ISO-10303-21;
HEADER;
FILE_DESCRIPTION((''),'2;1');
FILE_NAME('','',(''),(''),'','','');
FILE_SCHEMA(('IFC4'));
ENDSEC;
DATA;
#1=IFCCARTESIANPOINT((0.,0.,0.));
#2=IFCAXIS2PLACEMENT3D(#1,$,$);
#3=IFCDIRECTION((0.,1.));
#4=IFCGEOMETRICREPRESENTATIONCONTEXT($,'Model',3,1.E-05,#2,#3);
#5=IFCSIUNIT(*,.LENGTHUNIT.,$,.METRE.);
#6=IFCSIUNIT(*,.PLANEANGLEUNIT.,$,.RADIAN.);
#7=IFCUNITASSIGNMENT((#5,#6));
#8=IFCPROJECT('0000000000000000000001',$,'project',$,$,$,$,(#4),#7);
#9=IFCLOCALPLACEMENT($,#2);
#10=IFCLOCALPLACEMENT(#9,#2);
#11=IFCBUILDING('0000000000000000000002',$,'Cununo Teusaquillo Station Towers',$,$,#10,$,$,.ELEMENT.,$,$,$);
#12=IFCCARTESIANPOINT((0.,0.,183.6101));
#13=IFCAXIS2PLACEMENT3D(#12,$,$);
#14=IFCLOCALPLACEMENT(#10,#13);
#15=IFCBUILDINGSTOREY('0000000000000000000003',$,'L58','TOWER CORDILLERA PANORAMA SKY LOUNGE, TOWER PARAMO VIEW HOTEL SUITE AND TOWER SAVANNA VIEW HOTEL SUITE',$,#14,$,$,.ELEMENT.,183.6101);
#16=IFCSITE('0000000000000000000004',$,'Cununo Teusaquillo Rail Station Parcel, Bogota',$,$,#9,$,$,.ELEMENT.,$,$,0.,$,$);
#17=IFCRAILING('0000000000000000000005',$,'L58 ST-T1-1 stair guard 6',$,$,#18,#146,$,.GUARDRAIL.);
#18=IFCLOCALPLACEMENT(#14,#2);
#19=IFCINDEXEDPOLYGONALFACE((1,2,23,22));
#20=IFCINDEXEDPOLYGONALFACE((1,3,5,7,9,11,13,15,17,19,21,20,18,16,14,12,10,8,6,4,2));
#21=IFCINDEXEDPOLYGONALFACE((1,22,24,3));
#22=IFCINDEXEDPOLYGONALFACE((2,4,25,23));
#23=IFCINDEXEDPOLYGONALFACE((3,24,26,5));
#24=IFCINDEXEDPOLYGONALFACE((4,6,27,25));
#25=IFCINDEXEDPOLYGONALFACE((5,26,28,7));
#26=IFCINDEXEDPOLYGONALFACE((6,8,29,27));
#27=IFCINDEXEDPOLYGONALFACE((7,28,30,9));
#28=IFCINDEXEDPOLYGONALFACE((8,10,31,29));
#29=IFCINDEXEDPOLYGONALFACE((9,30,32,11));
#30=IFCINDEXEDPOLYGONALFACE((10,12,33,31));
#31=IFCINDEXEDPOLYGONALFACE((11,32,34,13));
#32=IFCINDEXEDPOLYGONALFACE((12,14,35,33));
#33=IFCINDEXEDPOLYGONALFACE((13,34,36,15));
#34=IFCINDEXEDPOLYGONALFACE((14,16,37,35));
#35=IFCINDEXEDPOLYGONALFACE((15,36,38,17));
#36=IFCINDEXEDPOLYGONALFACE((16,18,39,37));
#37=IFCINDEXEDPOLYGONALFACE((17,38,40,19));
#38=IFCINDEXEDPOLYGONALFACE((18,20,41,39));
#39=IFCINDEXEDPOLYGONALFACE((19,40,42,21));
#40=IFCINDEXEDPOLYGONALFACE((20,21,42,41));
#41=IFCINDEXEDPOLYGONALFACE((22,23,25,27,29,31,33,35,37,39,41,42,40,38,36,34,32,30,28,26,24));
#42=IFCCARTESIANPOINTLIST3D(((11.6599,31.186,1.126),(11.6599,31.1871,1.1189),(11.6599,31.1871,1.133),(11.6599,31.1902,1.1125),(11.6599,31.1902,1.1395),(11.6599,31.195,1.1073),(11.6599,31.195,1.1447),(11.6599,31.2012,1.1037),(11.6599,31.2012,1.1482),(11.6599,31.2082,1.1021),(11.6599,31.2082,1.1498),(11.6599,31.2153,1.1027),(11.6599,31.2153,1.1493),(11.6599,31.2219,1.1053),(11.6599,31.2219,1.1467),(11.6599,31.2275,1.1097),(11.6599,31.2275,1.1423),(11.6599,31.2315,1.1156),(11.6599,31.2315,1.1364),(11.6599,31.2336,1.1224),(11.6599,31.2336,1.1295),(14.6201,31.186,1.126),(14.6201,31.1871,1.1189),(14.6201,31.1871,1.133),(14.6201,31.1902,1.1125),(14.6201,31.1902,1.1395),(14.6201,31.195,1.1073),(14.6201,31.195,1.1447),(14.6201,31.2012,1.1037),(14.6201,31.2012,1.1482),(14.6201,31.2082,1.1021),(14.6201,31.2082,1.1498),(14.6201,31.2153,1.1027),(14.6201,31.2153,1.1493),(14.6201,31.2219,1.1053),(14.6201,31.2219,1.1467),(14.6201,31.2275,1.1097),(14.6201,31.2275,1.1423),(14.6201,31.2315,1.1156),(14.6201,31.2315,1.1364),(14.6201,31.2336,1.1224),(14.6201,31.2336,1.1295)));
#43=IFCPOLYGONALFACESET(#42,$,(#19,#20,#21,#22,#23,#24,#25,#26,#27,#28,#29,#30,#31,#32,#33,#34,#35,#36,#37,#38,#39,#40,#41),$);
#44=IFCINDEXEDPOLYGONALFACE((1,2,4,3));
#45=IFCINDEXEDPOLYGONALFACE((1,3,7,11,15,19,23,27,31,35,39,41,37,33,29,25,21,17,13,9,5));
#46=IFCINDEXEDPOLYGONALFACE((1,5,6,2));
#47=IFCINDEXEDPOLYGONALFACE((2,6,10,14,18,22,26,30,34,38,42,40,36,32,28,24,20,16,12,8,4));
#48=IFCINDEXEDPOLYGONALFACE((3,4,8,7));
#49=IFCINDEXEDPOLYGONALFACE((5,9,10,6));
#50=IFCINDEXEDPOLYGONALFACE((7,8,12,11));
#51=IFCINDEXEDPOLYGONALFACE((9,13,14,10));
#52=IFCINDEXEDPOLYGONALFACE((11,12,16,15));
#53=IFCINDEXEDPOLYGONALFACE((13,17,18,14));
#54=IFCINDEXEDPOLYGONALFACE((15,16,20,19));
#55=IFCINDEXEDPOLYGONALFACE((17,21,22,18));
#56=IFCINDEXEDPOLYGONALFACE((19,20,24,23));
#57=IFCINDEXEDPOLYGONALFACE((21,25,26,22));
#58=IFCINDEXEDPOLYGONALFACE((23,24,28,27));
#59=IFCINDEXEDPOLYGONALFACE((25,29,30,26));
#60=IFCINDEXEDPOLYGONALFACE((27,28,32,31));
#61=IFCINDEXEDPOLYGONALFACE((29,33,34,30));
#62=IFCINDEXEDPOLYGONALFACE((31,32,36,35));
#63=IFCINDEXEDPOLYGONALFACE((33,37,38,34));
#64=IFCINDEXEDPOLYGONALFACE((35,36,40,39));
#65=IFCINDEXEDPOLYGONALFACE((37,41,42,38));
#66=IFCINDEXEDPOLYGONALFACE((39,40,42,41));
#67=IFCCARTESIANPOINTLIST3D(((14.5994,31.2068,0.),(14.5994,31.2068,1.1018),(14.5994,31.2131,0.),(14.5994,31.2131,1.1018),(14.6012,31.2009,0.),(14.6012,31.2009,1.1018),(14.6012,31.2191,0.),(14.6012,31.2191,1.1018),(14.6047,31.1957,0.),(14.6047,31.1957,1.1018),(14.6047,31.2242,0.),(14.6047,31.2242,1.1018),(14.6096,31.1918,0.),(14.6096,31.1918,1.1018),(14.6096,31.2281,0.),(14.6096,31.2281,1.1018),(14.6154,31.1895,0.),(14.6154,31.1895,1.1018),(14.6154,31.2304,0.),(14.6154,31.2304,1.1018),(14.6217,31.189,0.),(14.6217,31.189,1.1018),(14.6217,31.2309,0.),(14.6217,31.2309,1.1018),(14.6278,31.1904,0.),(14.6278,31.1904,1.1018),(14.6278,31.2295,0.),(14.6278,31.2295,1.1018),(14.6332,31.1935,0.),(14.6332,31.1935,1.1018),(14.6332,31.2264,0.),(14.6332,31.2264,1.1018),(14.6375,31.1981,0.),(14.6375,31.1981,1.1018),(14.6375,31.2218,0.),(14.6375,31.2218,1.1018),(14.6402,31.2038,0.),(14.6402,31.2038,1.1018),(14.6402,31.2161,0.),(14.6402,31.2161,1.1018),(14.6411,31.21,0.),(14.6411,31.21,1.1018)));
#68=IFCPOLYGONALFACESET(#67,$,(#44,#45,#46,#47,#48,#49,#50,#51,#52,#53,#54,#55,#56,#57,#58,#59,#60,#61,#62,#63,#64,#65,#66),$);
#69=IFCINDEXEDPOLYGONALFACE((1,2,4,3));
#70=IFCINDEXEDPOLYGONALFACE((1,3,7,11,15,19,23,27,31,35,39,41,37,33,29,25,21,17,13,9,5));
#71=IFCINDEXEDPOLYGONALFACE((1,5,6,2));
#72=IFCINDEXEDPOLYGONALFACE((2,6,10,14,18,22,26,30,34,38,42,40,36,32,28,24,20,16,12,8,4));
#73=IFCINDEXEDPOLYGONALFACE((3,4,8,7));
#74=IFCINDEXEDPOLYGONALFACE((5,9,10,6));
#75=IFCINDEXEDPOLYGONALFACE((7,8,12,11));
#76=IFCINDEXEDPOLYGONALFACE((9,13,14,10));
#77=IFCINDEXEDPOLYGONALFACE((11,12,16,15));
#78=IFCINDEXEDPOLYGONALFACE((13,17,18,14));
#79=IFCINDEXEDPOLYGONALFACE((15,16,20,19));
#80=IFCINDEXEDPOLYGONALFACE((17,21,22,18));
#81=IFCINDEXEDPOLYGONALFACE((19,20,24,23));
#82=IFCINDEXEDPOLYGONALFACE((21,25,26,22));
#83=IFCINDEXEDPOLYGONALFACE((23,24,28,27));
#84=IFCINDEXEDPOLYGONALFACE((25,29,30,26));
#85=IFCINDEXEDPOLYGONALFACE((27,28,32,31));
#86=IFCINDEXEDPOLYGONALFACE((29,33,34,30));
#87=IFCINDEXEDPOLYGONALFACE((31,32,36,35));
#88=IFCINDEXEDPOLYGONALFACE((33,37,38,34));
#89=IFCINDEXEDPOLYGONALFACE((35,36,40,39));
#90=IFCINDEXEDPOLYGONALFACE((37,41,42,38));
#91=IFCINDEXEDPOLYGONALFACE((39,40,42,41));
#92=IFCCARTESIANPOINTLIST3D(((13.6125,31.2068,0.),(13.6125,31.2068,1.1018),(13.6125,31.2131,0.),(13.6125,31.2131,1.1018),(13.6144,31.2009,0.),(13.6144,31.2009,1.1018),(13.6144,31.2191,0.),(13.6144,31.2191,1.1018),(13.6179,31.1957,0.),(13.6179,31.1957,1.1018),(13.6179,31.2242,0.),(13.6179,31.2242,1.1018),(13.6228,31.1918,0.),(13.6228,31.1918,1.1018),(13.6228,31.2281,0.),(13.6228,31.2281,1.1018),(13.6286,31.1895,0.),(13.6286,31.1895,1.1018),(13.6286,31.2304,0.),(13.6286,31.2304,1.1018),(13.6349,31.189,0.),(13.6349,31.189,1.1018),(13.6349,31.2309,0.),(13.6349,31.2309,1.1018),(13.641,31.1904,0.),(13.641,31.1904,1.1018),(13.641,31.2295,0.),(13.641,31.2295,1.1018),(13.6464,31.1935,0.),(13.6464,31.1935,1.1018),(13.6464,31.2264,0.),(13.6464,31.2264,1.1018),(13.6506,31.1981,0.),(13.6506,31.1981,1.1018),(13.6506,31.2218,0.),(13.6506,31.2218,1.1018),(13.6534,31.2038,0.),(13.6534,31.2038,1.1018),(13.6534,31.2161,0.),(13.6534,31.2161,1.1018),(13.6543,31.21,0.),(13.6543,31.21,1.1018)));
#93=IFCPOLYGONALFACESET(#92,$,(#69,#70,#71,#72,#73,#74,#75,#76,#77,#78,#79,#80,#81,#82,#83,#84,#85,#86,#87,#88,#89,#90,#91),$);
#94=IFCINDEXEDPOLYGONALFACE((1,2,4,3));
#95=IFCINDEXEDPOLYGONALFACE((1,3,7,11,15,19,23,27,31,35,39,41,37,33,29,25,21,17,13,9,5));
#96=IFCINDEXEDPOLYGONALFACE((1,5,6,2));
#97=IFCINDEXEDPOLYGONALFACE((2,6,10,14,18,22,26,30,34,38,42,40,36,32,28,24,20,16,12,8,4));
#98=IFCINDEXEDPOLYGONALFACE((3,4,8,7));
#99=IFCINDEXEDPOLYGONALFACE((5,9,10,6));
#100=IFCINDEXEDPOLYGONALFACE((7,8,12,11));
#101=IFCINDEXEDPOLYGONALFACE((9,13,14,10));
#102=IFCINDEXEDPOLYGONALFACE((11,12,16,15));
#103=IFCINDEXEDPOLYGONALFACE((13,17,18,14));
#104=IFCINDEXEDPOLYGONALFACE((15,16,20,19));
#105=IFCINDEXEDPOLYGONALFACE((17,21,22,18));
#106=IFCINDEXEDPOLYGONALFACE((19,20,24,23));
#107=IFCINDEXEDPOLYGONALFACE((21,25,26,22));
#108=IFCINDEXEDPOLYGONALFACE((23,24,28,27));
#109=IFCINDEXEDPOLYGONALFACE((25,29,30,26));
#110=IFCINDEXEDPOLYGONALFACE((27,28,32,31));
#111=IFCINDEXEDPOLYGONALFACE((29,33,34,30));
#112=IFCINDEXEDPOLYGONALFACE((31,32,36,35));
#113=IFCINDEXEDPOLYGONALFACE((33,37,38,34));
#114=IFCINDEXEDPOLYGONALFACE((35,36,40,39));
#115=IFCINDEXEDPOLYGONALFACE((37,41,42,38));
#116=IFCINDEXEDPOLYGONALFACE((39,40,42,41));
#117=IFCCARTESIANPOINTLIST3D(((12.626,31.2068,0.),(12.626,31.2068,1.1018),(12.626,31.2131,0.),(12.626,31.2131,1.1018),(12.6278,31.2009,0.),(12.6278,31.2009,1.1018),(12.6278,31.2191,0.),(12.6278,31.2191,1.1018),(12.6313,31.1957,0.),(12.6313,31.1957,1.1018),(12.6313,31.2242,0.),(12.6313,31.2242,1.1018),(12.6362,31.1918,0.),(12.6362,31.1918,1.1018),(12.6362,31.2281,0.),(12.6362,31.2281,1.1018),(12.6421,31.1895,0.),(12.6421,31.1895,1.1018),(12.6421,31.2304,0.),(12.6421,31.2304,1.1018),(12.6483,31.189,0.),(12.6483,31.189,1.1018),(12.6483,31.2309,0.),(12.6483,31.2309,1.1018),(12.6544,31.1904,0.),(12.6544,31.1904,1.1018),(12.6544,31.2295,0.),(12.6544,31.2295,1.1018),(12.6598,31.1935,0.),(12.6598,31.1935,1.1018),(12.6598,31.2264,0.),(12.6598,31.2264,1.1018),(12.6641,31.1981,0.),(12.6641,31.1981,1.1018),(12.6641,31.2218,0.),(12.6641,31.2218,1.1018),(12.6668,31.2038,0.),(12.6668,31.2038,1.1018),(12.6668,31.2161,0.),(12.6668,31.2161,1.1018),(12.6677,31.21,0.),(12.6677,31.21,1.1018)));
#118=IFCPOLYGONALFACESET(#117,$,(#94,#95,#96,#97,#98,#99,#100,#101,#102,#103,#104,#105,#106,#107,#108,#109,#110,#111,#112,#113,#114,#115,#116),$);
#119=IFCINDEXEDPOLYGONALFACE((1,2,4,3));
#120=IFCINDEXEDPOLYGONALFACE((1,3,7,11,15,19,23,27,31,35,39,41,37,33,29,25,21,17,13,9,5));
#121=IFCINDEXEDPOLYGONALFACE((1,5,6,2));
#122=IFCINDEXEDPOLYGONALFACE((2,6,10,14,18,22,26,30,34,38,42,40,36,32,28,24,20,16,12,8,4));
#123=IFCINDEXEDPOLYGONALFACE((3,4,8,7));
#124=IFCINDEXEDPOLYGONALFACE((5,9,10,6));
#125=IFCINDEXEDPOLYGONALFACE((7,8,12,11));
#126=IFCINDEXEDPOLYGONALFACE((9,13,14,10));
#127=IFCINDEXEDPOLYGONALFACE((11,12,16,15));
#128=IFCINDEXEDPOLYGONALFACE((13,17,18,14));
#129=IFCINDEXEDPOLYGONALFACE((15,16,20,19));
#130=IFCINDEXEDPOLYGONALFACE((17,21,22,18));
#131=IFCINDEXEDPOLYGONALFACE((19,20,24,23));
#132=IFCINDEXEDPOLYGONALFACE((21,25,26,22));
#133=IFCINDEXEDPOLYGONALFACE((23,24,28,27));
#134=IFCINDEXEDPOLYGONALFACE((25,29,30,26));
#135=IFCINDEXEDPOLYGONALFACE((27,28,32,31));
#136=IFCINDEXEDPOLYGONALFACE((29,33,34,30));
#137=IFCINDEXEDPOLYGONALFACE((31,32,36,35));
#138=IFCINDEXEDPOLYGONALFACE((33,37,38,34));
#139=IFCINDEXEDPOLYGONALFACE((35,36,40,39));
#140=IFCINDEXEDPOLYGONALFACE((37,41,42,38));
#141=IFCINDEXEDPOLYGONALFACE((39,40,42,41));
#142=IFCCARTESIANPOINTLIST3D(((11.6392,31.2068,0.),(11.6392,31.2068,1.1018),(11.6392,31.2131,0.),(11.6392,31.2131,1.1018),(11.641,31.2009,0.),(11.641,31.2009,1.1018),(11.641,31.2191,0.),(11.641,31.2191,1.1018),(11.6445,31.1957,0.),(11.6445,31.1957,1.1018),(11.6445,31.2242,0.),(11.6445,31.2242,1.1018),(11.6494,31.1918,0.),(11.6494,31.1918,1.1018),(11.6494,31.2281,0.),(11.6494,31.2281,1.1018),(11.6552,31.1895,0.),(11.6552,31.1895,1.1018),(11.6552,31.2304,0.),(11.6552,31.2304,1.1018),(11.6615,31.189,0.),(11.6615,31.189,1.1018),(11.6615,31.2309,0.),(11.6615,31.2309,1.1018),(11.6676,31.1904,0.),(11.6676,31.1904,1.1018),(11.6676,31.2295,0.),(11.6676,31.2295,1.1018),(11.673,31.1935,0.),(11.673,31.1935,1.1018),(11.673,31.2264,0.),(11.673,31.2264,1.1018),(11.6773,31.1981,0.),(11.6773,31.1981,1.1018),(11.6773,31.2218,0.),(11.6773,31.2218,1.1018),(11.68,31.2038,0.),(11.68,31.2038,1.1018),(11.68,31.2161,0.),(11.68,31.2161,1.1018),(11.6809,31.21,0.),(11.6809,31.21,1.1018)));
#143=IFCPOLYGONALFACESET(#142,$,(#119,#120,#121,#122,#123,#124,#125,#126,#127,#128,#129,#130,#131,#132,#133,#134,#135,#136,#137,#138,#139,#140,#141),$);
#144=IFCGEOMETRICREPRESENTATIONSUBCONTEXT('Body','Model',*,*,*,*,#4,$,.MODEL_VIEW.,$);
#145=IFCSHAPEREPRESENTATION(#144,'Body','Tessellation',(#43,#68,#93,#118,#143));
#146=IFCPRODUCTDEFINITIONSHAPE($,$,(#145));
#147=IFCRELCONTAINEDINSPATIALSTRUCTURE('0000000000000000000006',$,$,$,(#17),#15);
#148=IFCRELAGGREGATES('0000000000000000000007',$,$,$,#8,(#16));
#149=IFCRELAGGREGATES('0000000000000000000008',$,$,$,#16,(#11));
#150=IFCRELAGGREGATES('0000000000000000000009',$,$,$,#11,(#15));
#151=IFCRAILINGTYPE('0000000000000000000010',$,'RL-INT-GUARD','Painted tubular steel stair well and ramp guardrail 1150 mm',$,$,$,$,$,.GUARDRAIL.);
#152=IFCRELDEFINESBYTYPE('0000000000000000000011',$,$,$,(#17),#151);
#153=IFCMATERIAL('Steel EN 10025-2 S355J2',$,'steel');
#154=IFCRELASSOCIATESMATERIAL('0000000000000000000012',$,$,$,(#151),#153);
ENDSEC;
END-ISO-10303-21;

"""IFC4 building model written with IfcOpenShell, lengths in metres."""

from ifc_helpers import new_model, si_unit, direction, frame, origin, origin_2d, place, context, subcontext, project, spatial, circle, extrude, material, type_object, element, save


model = new_model("IFC4")

# Units and contexts
model_context = context("Model", 3, precision=1e-05, world=origin(), true_north=direction((0.0, 1.0)))
body_context = subcontext(model_context, "Body", "Model", "MODEL_VIEW")
ifc_project = project(units=[si_unit("LENGTHUNIT", "METRE"), si_unit("PLANEANGLEUNIT", "RADIAN")], contexts=[model_context])

# Site, building, storey
site_placement = place(None, origin())
site = spatial("IfcSite", under=ifc_project, at=site_placement, Name="Cununo Teusaquillo Rail Station Parcel, Bogota", CompositionType="ELEMENT", RefElevation=0.0)
building_placement = place(site_placement, origin())
building = spatial("IfcBuilding", under=site, at=building_placement, Name="Cununo Teusaquillo Station Towers", CompositionType="ELEMENT")
storey_placement = place(building_placement, frame((0.0, 0.0, 183.6101)))
storey = spatial("IfcBuildingStorey", under=building, at=storey_placement, Name="L58", Description="TOWER CORDILLERA PANORAMA SKY LOUNGE, TOWER PARAMO VIEW HOTEL SUITE AND TOWER SAVANNA VIEW HOTEL SUITE", CompositionType="ELEMENT", Elevation=183.6101)

# Railing
ifc_material_1 = material(Name="Steel EN 10025-2 S355J2", Category="steel")
railing_type_1 = type_object("IfcRailingType", Name="RL-INT-GUARD", Description="Painted tubular steel stair well and ramp guardrail 1150 mm", PredefinedType="GUARDRAIL", material=ifc_material_1)
railing_1_placement = place(storey_placement, frame((14.6201, 31.21, 0.0)))
element("IfcRailing", 1, at=railing_1_placement, inside=storey, type_object=railing_type_1, Name="L58 ST-T1-1 stair guard 6", PredefinedType="GUARDRAIL", context=body_context, shape_type="SweptSolid", body=[
    extrude(circle(Radius=0.0239, at=origin_2d()), frame((0.0, 0.0, 1.126), z_axis=(-1.0, 0.0, 0.0), x_axis=(0.0, -1.0, 0.0)), (0.0, 0.0, 1.0), 2.9602),
    extrude(circle(Radius=0.021, at=origin_2d()), origin(), (0.0, 0.0, 1.0), 1.1018),
    extrude(circle(Radius=0.021, at=origin_2d()), frame((-0.9868, 0.0, 0.0)), (0.0, 0.0, 1.0), 1.1018),
    extrude(circle(Radius=0.021, at=origin_2d()), frame((-1.9734, 0.0, 0.0)), (0.0, 0.0, 1.0), 1.1018),
    extrude(circle(Radius=0.021, at=origin_2d()), frame((-2.9602, 0.0, 0.0)), (0.0, 0.0, 1.0), 1.1018),
])

save(model, "model.ifc")
